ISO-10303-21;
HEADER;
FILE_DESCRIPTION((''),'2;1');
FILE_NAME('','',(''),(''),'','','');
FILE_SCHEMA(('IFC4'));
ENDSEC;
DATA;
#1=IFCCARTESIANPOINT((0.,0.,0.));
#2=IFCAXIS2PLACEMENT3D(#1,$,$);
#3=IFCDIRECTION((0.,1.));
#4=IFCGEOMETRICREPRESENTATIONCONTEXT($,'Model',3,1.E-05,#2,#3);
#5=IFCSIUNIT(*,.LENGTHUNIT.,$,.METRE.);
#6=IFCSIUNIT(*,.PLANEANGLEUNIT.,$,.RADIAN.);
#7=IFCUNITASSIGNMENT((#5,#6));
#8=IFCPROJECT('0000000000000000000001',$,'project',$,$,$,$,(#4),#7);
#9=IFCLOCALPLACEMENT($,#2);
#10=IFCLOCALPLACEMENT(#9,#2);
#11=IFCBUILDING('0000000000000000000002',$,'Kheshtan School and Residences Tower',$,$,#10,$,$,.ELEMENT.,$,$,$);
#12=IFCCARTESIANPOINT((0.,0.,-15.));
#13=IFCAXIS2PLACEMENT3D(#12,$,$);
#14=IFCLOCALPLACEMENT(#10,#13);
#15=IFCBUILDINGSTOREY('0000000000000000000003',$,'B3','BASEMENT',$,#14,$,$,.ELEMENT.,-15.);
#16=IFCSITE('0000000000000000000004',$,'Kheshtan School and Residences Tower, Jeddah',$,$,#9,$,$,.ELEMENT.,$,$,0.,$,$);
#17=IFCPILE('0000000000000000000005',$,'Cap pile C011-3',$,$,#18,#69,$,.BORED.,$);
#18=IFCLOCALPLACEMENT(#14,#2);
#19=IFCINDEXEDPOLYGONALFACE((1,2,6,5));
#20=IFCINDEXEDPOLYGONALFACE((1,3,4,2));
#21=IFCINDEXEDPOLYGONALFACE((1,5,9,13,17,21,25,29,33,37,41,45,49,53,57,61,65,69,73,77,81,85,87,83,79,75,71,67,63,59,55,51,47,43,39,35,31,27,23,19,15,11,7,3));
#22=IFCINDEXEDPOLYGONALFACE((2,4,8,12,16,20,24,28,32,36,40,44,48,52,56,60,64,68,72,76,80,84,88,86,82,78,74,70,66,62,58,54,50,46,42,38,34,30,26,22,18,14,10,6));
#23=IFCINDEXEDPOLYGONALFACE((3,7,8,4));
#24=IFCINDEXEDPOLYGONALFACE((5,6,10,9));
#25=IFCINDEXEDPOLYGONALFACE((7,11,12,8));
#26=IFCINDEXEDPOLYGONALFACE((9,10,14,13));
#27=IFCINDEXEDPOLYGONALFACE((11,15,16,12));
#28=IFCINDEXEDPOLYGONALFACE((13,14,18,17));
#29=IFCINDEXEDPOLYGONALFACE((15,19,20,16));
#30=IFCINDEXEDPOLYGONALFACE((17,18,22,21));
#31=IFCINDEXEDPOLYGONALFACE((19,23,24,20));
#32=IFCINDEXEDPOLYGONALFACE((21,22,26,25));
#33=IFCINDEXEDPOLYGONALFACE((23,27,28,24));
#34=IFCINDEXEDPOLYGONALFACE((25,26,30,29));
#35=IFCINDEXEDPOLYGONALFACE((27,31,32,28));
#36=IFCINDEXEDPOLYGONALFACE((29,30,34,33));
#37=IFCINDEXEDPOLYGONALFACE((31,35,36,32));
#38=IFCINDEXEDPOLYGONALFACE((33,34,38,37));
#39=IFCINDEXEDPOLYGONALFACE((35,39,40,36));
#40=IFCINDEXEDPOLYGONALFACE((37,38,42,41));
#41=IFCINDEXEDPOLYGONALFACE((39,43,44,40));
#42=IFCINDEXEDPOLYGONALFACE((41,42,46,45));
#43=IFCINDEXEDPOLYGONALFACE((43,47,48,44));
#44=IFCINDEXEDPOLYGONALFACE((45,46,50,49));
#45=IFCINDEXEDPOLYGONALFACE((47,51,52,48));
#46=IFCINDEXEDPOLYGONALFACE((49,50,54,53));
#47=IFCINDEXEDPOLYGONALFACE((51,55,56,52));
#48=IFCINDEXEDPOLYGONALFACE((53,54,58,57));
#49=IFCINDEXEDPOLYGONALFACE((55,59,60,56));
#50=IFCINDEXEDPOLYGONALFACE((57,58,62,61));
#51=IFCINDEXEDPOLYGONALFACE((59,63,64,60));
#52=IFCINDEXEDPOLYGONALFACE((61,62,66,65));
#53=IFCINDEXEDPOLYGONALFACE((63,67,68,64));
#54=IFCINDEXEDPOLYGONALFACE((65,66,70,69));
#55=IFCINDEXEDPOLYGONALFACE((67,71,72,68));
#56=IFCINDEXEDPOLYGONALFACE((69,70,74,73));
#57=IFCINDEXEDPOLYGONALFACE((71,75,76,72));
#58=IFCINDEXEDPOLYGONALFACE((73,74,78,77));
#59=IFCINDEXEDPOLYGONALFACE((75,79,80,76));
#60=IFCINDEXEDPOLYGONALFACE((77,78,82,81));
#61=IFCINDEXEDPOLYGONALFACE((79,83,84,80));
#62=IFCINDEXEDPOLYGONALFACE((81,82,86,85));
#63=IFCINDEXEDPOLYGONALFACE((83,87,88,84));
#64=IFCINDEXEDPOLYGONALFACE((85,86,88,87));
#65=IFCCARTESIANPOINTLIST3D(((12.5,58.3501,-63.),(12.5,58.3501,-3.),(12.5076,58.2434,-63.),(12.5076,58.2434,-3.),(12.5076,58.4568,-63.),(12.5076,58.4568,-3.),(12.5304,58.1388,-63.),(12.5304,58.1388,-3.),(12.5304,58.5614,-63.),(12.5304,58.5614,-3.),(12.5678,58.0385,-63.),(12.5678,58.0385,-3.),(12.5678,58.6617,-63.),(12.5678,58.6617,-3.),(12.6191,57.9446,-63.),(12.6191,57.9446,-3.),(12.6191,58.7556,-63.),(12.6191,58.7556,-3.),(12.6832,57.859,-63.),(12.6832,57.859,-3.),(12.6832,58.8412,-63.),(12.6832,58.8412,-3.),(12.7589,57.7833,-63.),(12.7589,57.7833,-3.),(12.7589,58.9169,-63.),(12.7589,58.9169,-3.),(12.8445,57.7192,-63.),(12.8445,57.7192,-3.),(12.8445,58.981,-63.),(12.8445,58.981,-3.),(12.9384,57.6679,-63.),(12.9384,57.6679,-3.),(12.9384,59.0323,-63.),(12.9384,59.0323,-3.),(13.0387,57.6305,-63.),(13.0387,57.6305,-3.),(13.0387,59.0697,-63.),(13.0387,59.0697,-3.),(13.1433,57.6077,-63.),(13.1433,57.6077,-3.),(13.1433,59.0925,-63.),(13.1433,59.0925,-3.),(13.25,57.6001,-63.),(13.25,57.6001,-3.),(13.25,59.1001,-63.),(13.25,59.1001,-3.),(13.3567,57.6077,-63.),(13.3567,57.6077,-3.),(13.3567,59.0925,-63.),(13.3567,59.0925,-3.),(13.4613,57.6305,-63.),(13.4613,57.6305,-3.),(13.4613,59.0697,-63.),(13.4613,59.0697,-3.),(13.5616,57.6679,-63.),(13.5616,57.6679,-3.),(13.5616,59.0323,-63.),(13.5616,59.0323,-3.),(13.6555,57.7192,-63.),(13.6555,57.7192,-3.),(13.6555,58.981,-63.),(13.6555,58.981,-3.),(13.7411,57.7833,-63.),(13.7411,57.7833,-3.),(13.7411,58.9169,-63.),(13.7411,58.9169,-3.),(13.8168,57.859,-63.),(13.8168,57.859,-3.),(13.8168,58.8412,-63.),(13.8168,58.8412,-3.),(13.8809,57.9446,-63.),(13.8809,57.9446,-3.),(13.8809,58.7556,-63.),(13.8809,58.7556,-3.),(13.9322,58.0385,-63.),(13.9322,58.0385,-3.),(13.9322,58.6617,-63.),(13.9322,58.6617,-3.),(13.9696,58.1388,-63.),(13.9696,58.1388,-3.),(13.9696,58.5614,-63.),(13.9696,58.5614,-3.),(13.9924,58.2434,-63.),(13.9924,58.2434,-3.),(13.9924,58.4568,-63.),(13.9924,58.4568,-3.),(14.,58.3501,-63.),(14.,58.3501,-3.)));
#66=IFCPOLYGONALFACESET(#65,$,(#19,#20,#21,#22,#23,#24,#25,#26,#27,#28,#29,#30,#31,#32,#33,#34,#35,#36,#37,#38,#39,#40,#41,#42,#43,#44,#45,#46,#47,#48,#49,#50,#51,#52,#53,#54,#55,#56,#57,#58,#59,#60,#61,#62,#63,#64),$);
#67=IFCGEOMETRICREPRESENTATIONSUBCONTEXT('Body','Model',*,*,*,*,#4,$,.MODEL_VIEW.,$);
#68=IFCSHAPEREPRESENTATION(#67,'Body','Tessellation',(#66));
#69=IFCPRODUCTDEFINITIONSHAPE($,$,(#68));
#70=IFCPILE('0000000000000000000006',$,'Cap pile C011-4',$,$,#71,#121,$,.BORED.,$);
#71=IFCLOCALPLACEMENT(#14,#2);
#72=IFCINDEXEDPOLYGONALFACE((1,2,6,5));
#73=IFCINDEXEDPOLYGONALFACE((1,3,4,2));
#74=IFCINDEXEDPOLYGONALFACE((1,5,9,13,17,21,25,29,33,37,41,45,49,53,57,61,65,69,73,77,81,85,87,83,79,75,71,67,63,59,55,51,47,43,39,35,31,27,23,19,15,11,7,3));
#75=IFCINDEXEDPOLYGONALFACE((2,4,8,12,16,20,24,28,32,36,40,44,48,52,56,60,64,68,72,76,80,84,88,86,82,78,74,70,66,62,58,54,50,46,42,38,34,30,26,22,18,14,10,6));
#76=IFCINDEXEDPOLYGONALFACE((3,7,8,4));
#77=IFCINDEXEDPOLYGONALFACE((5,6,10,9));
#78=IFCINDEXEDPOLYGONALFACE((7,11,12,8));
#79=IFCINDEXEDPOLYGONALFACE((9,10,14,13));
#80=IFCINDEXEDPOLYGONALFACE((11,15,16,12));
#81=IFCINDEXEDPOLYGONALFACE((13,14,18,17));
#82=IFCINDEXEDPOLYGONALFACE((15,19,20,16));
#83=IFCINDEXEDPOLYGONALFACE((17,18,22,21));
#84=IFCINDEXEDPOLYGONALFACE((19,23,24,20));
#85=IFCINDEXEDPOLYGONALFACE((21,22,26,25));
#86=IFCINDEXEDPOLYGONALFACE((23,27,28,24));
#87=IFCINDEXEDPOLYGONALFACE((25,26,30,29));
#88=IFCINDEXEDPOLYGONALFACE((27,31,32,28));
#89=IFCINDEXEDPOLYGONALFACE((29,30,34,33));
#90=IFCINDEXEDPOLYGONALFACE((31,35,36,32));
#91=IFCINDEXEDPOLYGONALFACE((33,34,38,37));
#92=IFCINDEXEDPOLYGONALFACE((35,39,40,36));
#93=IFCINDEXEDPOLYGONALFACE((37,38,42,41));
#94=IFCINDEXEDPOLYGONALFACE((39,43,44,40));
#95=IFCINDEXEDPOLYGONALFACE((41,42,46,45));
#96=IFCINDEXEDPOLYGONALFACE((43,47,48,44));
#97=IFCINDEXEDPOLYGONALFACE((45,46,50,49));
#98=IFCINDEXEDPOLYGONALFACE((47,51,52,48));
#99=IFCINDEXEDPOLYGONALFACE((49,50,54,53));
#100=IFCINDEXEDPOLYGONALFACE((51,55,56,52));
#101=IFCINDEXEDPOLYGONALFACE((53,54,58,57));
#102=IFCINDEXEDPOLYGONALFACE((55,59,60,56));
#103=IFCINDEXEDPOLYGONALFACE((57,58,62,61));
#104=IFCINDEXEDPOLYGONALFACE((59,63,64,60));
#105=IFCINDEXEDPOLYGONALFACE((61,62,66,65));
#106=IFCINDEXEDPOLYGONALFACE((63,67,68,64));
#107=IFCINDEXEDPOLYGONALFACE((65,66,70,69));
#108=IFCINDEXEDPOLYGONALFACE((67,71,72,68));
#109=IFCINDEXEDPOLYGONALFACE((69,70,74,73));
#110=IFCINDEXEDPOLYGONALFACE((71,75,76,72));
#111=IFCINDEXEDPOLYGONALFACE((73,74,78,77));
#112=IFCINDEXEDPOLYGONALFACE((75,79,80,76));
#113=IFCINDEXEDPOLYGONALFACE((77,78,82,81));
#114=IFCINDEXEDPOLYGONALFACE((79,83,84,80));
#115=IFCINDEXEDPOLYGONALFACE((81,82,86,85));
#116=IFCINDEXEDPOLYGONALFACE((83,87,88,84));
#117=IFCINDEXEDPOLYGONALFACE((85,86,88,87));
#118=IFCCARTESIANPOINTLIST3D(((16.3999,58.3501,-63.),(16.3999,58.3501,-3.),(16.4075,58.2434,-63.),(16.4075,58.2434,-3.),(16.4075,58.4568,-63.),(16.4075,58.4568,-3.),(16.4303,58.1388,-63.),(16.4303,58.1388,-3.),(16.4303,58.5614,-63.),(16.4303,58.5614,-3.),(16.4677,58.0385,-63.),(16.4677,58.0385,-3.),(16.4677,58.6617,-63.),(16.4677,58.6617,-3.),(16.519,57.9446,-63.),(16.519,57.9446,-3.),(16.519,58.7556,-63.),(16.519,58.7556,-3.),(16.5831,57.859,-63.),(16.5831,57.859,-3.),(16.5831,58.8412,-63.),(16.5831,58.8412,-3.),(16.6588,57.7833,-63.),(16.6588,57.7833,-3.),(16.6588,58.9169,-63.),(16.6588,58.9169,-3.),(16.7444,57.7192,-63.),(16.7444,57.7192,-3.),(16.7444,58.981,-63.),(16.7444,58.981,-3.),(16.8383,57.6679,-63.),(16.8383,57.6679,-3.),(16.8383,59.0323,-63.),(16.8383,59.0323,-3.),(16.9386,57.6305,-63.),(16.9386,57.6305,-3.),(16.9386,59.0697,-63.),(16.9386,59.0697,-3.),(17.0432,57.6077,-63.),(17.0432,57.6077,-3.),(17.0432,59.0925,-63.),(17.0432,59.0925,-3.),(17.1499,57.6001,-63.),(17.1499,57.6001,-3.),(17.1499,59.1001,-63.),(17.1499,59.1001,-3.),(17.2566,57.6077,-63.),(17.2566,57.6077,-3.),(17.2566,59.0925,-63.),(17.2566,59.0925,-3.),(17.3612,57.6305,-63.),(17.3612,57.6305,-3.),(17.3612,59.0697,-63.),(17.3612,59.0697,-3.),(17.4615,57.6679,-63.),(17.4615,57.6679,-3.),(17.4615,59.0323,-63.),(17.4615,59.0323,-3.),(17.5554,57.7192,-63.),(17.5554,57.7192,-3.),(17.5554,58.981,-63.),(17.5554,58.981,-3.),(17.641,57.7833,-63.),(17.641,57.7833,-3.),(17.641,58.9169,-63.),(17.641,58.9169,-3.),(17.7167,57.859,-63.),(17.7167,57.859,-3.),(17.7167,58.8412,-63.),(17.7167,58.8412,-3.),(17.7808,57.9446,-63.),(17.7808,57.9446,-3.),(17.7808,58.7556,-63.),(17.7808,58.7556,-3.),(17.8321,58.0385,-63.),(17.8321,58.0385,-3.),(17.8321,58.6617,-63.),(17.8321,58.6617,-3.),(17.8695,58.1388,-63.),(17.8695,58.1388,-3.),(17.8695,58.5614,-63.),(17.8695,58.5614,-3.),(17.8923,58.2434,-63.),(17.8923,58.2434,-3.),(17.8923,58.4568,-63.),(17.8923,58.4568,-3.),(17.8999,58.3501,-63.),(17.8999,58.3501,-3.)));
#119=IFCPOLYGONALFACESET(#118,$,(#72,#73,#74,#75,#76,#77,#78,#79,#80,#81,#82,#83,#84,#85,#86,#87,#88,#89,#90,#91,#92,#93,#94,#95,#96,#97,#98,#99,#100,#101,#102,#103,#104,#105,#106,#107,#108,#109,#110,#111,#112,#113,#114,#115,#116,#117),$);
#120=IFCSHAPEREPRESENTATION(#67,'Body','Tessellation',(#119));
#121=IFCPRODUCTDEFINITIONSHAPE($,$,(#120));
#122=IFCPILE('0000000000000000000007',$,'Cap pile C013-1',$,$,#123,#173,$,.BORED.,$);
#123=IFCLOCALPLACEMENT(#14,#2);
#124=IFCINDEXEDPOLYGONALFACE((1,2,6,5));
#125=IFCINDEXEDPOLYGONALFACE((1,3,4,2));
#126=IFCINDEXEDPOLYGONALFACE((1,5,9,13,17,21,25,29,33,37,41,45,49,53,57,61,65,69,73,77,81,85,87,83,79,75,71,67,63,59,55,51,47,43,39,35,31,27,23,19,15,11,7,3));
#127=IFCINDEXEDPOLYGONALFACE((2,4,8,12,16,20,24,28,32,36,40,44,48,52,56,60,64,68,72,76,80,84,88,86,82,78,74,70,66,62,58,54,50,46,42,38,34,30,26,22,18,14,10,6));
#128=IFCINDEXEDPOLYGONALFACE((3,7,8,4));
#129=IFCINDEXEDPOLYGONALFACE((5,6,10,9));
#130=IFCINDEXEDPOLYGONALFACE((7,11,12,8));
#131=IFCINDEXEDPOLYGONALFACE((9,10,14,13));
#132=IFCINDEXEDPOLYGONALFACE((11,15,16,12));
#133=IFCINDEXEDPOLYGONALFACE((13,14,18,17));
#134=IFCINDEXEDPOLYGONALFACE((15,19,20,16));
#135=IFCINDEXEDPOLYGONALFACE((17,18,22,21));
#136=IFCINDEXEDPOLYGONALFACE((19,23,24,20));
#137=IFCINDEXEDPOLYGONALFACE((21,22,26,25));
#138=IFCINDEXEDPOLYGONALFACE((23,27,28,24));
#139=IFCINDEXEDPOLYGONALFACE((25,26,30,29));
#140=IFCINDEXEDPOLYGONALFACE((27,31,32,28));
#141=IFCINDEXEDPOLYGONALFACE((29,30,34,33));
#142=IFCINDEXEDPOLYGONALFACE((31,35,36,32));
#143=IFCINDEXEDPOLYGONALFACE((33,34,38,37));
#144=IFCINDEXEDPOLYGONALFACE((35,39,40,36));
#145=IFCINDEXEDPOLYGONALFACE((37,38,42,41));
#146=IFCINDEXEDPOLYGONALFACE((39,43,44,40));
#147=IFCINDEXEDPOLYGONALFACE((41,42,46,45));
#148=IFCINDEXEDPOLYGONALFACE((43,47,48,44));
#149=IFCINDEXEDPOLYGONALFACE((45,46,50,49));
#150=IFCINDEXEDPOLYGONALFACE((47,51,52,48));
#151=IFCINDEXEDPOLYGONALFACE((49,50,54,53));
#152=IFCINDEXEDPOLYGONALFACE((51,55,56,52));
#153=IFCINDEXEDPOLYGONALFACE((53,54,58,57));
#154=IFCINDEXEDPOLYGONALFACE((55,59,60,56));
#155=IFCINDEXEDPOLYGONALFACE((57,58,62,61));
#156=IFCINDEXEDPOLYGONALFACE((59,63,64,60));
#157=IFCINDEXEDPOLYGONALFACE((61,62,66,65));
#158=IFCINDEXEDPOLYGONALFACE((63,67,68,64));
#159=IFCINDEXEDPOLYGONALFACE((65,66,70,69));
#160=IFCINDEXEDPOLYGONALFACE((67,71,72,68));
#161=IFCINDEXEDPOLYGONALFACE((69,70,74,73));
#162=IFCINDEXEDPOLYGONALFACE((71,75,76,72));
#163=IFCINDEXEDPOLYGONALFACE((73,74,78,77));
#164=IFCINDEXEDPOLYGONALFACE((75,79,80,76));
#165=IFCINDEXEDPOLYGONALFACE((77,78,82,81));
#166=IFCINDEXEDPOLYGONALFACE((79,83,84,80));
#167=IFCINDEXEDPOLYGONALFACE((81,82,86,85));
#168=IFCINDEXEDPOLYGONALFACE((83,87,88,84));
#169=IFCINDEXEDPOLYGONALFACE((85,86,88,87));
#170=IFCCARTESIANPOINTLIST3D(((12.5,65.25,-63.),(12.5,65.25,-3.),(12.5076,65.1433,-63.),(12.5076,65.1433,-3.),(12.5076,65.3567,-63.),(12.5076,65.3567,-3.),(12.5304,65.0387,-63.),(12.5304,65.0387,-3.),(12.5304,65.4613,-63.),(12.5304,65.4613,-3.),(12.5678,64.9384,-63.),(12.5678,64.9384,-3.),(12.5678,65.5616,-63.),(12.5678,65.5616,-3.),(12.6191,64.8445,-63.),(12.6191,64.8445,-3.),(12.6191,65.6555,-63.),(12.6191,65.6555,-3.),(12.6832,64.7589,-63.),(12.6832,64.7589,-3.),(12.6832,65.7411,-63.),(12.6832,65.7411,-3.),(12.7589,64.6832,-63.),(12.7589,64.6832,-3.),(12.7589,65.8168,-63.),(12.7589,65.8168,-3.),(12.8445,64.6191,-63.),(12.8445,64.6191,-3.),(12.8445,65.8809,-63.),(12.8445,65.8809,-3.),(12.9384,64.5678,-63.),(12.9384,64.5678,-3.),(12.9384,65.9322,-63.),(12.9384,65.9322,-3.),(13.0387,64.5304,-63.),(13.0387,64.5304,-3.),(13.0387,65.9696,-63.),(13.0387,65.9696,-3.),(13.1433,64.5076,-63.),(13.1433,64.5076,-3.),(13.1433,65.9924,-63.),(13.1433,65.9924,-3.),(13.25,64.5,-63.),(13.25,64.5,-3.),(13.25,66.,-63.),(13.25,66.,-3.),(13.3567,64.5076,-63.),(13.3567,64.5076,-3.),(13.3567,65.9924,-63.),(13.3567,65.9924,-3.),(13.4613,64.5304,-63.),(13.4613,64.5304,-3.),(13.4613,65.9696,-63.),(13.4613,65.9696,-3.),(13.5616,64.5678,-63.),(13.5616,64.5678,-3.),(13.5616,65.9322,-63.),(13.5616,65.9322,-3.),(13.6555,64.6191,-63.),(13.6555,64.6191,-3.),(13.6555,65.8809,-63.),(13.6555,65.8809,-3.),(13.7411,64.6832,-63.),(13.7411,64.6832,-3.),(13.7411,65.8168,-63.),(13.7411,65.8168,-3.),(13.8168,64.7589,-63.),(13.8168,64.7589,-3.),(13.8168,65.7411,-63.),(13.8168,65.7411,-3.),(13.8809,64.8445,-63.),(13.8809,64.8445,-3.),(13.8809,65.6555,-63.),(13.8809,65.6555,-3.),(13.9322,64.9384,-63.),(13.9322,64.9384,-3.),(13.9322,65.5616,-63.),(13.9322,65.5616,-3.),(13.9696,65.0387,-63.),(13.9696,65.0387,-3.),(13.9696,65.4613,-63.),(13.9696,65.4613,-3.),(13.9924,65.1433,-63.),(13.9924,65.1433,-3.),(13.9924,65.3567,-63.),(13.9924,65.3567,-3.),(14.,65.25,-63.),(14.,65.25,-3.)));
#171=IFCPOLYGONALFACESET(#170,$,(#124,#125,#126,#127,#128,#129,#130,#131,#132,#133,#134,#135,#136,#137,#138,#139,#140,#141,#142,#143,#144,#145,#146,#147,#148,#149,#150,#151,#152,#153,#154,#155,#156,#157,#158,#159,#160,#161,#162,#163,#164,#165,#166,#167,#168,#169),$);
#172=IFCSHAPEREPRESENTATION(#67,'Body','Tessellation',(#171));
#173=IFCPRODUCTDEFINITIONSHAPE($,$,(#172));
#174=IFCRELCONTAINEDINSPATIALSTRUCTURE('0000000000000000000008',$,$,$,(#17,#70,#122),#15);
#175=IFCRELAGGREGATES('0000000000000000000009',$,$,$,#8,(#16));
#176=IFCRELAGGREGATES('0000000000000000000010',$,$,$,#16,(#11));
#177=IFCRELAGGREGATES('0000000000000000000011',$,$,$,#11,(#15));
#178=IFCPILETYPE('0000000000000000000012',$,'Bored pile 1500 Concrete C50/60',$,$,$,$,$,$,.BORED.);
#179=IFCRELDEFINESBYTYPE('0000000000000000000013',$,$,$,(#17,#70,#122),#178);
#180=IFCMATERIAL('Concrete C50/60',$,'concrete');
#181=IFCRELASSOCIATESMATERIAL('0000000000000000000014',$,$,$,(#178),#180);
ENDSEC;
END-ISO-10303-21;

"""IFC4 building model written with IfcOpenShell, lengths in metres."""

from ifc_helpers import new_model, si_unit, direction, frame, origin, origin_2d, place, context, subcontext, project, spatial, circle, extrude, material, material_profile, profile_set, type_object, element, save


model = new_model("IFC4")

# Units and contexts
model_context = context("Model", 3, precision=1e-05, world=origin(), true_north=direction((0.0, 1.0)))
body_context = subcontext(model_context, "Body", "Model", "MODEL_VIEW")
ifc_project = project(units=[si_unit("LENGTHUNIT", "METRE"), si_unit("PLANEANGLEUNIT", "RADIAN")], contexts=[model_context])

# Site, building, storey
site_placement = place(None, origin())
site = spatial("IfcSite", under=ifc_project, at=site_placement, Name="Kheshtan School and Residences Tower, Jeddah", CompositionType="ELEMENT", RefElevation=0.0)
building_placement = place(site_placement, origin())
building = spatial("IfcBuilding", under=site, at=building_placement, Name="Kheshtan School and Residences Tower", CompositionType="ELEMENT")
storey_placement = place(building_placement, frame((0.0, 0.0, -15.0)))
storey = spatial("IfcBuildingStorey", under=building, at=storey_placement, Name="B3", Description="BASEMENT", CompositionType="ELEMENT", Elevation=-15.0)

# Piles
ifc_material_1 = material(Name="Concrete C50/60", Category="concrete")
ifc_material_profile_1 = material_profile(ifc_material_1, circle(Radius=0.75, at=origin_2d()), Name="BP 1500")
ifc_profile_set_1 = profile_set([ifc_material_profile_1], Name="Concrete C50/60")
pile_type_1 = type_object("IfcPileType", Name="Bored pile 1500 Concrete C50/60", PredefinedType="BORED", material=ifc_profile_set_1)
for number, where, z_axis, x_axis, name in (
    (1, (13.25, 58.3501, -3.0), (0.0, 0.0, -1.0), (1.0, 0.0, 0.0), "Cap pile C011-3"),
    (2, (17.1499, 58.3501, -3.0), (0.0, 0.0, -1.0), (1.0, 0.0, 0.0), "Cap pile C011-4"),
    (3, (13.25, 65.25, -3.0), (0.0, 0.0, -1.0), (1.0, 0.0, 0.0), "Cap pile C013-1"),
):
    element("IfcPile", number, at=place(storey_placement, frame(where, z_axis=z_axis, x_axis=x_axis)), inside=storey, type_object=pile_type_1, Name=name, PredefinedType="BORED", context=body_context, shape_type="SweptSolid", body=[
        extrude(circle(Radius=0.75, at=origin_2d()), origin(), (0.0, 0.0, 1.0), 60.0),
    ])

save(model, "model.ifc")
